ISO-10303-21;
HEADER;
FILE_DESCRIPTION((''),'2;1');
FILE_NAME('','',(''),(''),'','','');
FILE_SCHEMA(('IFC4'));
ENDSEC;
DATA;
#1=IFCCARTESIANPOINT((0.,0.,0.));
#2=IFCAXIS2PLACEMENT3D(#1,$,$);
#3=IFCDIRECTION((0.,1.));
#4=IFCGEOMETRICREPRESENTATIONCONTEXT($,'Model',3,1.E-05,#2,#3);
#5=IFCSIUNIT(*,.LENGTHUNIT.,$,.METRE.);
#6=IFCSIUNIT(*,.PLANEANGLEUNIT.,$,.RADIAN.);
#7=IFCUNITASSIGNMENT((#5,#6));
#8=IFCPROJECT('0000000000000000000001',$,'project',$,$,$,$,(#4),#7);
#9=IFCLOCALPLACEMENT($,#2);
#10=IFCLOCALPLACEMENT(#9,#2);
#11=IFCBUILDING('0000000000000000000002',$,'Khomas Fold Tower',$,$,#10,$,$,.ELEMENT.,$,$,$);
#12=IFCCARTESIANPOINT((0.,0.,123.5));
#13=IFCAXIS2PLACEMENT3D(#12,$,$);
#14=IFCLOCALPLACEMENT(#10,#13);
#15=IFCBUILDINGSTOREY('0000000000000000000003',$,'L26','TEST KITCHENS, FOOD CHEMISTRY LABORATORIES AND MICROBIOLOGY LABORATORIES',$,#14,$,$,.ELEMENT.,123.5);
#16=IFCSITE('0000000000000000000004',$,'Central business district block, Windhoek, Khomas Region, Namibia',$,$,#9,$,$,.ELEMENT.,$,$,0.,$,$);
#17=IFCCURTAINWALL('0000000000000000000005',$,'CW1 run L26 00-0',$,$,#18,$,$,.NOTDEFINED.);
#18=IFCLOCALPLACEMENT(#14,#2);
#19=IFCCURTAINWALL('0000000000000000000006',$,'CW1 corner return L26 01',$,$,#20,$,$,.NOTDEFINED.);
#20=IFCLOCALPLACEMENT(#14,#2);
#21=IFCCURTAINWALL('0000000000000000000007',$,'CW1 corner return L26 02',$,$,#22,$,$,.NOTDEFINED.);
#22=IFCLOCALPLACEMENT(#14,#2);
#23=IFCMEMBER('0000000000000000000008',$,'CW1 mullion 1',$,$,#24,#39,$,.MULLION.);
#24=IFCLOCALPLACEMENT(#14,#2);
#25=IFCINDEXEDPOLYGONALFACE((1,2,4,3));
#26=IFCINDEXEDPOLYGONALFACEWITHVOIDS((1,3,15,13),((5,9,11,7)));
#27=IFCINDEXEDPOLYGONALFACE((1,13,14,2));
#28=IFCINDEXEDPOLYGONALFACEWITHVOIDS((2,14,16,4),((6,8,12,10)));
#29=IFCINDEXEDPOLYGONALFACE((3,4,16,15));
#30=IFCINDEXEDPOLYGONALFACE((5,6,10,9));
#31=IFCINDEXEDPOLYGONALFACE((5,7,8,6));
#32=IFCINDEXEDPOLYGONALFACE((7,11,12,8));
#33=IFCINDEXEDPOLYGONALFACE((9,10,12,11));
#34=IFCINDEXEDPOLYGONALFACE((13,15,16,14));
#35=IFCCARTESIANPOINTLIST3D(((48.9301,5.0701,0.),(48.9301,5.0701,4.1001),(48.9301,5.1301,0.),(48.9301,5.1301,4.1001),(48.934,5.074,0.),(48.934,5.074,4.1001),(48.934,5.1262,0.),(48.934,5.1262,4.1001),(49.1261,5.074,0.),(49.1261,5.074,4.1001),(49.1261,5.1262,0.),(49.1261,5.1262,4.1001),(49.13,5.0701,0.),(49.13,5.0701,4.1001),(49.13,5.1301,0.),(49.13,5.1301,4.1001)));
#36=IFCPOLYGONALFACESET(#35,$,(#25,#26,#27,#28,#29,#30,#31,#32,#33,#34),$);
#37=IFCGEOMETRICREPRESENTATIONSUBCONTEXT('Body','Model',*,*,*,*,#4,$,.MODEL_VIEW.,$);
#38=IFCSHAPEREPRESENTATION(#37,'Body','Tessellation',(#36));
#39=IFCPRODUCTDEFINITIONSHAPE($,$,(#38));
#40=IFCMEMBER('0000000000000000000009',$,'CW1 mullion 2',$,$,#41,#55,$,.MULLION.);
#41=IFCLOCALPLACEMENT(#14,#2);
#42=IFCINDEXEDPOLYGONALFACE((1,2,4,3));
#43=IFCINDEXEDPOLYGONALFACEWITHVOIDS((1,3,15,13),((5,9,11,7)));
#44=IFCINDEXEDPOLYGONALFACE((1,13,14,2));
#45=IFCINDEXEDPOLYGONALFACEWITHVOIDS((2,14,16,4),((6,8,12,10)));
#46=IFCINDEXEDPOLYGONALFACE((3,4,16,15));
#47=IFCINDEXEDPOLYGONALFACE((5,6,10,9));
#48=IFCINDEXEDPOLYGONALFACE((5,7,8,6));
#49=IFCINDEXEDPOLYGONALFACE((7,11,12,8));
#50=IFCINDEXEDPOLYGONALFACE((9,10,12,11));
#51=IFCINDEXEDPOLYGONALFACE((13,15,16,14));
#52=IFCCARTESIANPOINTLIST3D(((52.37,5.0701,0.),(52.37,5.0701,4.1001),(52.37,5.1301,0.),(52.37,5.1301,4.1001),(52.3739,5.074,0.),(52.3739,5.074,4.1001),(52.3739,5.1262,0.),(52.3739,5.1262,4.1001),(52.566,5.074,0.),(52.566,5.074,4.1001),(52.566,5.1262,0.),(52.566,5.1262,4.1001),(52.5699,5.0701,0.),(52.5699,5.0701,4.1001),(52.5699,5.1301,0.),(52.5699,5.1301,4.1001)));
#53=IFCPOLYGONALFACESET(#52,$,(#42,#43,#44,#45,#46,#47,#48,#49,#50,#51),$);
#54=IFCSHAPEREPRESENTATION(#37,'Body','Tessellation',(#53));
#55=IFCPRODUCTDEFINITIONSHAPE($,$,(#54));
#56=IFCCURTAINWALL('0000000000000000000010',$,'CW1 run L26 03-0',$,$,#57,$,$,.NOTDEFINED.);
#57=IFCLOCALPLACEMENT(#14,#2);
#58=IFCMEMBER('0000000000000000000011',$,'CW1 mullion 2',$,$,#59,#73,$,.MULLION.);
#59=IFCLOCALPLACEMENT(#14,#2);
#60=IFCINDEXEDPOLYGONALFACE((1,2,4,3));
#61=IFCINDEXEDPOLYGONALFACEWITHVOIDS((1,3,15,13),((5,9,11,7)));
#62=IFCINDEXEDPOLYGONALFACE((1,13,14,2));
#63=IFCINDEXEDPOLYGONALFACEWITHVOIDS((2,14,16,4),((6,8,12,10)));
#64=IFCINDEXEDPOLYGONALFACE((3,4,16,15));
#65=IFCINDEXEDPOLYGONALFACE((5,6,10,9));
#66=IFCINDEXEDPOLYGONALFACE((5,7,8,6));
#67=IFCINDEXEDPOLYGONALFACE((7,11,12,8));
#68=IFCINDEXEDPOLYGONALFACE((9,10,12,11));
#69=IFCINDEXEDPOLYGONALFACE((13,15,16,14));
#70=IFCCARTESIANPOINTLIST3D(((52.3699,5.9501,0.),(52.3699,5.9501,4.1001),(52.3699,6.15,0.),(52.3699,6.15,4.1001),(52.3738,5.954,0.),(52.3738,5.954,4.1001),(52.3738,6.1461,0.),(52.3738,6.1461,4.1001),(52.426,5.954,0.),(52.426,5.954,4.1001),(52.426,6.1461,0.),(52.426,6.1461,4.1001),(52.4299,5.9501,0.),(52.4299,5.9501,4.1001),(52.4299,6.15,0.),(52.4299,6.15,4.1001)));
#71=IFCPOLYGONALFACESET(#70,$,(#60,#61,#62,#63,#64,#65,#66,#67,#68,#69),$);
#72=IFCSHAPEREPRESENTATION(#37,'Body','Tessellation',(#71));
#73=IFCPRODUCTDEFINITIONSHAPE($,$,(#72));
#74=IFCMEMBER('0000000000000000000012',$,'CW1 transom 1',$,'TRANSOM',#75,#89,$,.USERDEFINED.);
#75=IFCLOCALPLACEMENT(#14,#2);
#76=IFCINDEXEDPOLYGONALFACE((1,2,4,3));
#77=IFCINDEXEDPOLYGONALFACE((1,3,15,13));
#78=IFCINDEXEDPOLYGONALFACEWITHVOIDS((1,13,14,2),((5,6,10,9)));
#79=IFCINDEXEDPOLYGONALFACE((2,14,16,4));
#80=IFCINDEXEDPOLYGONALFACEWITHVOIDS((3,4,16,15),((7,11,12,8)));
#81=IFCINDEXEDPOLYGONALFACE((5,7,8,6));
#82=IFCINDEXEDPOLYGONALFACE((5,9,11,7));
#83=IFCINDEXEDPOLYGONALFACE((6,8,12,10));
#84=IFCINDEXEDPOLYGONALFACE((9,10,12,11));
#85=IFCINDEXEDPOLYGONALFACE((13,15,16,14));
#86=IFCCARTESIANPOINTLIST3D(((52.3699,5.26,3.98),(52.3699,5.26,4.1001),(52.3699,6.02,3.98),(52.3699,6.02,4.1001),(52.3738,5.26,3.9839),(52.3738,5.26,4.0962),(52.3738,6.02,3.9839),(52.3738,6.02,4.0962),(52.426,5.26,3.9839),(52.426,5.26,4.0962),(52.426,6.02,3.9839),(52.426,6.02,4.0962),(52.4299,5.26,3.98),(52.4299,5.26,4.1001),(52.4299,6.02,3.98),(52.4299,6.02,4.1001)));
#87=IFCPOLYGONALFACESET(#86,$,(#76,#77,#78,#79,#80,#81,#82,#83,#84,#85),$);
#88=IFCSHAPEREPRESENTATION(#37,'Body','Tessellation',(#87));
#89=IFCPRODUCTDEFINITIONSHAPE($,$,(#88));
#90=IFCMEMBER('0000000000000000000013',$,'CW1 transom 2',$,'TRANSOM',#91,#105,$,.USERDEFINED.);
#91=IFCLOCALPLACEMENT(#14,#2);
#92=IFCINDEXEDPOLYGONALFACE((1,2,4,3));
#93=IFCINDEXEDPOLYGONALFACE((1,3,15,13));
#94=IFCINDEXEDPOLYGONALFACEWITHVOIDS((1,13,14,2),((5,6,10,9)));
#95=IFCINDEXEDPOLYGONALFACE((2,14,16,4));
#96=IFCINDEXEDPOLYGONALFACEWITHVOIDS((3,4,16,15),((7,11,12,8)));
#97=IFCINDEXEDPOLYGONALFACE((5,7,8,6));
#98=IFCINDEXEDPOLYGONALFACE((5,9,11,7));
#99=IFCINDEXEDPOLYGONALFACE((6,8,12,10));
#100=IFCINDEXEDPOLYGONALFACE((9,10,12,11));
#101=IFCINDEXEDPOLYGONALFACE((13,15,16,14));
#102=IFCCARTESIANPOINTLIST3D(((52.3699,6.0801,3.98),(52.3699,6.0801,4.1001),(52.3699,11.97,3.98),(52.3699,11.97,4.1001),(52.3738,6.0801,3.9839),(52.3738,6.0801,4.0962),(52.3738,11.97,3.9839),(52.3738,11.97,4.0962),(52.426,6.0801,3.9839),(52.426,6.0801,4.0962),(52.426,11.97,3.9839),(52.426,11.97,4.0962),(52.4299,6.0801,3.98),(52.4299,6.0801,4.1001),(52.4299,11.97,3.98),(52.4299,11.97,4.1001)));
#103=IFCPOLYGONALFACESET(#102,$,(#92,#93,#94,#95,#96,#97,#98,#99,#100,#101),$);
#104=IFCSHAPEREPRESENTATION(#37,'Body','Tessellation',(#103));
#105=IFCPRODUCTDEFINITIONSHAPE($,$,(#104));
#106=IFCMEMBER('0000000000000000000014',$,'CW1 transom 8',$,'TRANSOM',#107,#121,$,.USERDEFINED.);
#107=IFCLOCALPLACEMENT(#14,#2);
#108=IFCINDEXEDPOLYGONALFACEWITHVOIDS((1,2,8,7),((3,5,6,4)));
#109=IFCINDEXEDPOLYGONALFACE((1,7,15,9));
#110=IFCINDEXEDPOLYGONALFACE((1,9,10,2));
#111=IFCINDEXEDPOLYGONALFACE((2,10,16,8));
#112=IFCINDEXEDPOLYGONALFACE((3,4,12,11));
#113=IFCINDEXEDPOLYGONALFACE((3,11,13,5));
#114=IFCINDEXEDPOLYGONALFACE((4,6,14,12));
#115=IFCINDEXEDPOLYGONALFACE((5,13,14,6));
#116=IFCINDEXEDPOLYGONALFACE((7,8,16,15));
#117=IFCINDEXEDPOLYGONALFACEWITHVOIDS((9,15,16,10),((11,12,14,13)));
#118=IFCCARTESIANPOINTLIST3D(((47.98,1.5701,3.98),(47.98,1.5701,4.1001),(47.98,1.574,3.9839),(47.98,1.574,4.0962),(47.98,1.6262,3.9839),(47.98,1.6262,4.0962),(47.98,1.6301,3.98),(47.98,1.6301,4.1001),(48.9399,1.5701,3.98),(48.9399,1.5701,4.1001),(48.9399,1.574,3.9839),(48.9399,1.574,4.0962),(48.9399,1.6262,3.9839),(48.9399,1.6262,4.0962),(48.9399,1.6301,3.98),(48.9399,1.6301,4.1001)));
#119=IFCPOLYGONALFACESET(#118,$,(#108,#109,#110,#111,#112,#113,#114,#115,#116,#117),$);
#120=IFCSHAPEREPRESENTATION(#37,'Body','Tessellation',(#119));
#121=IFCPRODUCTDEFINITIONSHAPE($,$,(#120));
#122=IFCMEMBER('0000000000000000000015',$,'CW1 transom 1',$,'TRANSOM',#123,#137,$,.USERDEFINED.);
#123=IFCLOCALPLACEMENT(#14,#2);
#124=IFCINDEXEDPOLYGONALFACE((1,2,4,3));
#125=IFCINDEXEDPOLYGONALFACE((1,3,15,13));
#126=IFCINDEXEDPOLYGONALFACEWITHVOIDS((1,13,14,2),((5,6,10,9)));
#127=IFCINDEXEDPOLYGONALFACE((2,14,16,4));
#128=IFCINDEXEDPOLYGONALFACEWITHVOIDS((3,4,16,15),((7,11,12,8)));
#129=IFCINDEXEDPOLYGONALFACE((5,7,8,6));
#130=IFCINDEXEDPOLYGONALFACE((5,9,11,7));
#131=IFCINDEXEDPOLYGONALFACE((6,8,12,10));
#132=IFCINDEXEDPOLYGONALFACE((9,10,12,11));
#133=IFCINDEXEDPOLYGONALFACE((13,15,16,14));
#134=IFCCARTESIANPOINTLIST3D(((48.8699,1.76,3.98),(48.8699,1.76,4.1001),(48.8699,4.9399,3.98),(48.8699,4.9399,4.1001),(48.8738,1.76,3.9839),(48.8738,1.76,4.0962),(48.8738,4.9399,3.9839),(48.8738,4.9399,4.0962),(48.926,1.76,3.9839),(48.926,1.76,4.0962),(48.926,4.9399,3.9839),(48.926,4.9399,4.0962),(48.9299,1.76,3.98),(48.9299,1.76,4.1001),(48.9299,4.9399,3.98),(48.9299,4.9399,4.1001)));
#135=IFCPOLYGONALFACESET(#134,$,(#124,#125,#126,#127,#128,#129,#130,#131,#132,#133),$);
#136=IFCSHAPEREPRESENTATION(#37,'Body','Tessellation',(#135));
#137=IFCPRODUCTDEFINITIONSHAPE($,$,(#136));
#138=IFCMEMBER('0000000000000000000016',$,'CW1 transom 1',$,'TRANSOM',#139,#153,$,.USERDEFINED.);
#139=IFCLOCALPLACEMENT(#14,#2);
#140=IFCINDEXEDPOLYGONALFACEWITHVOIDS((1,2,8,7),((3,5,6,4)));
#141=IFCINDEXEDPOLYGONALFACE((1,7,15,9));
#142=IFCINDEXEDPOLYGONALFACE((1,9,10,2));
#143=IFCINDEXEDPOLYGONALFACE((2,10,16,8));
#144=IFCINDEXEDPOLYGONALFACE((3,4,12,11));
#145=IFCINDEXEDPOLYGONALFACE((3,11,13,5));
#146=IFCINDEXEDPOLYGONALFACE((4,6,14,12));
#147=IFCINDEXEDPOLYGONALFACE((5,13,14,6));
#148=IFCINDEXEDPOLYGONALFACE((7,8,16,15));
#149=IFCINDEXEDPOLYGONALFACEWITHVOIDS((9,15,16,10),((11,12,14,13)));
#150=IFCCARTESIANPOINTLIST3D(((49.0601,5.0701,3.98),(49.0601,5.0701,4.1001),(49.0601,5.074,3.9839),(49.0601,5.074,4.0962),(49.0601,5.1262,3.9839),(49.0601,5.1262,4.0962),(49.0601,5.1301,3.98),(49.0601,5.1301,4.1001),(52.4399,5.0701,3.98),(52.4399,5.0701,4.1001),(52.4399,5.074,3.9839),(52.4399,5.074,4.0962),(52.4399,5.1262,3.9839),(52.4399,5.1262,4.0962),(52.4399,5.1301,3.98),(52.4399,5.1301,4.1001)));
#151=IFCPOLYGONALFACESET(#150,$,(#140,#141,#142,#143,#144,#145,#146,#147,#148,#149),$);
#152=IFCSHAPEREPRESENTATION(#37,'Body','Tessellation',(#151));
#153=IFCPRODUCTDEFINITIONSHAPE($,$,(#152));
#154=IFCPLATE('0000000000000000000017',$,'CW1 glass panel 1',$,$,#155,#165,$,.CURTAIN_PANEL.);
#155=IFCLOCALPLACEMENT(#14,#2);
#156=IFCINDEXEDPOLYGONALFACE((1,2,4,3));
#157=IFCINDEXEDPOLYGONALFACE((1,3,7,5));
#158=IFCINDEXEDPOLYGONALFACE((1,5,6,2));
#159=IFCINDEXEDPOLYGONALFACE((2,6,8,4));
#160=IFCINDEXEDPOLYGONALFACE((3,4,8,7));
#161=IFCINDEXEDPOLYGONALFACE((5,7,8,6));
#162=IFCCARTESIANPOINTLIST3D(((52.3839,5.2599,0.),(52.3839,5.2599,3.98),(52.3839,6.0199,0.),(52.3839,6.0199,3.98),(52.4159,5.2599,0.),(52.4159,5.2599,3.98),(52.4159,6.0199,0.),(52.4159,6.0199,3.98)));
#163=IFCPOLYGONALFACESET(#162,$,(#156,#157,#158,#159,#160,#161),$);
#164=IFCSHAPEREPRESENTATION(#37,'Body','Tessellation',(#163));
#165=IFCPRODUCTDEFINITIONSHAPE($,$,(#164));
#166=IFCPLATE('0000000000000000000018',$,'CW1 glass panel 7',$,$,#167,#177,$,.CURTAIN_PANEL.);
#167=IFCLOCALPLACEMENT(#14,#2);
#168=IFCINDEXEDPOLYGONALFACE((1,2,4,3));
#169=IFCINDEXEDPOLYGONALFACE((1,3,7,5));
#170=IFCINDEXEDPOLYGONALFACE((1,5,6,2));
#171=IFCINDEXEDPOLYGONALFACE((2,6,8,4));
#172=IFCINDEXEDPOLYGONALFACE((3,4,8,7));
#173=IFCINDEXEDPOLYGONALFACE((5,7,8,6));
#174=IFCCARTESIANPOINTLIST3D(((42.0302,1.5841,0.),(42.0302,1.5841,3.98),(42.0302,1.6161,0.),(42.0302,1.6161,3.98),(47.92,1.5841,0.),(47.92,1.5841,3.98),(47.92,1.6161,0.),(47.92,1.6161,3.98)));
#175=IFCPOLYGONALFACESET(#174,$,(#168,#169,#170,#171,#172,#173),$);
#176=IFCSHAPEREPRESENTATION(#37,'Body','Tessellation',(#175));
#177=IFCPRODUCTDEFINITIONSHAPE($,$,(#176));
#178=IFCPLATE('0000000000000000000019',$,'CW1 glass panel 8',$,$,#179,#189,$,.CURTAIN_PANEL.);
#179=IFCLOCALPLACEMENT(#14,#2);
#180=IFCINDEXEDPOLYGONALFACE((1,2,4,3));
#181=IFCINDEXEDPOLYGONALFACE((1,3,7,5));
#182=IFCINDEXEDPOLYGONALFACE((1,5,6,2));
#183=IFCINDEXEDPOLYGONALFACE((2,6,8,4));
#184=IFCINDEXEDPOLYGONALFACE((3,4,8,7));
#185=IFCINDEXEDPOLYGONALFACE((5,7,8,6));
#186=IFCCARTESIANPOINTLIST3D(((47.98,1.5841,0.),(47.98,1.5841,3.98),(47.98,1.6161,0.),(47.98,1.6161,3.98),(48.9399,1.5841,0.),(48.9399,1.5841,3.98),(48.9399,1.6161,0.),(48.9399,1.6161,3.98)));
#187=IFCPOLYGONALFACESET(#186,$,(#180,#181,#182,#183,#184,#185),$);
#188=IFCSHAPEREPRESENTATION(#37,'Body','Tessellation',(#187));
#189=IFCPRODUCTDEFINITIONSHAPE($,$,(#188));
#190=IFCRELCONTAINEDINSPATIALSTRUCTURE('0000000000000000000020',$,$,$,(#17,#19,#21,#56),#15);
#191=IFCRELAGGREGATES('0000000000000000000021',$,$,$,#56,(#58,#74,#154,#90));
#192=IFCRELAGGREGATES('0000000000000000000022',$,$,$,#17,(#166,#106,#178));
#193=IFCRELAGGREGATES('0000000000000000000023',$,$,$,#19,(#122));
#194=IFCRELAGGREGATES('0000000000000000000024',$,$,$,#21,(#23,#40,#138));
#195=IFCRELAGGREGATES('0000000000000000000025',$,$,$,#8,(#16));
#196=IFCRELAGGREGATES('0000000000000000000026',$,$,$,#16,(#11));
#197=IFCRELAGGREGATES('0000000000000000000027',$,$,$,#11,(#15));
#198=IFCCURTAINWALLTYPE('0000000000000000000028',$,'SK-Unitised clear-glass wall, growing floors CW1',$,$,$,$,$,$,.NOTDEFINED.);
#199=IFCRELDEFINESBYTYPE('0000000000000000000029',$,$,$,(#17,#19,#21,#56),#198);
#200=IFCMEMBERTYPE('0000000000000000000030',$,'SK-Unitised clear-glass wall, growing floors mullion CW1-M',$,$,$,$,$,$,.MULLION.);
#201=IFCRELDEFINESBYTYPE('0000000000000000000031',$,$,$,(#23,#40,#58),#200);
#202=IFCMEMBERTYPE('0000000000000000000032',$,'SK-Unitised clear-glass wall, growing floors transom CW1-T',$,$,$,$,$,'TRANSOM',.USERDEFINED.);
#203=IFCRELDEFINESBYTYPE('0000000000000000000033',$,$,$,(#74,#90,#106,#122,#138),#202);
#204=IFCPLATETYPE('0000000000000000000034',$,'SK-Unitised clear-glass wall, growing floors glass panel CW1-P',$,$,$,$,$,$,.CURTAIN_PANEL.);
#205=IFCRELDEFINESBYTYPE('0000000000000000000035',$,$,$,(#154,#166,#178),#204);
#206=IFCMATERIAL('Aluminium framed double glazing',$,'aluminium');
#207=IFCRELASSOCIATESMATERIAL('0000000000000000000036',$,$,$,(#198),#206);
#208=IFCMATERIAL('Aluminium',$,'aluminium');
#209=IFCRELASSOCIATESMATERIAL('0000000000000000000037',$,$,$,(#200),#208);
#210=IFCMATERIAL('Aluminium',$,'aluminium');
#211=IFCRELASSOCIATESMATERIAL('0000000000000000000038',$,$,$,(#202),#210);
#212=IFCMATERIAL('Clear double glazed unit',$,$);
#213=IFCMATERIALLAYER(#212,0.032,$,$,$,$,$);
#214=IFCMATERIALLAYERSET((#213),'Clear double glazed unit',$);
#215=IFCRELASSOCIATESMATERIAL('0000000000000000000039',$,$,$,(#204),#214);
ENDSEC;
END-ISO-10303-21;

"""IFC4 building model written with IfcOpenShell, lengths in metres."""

from ifc_helpers import new_model, si_unit, direction, frame, origin, origin_2d, place, context, subcontext, project, spatial, rectangle, hollow_rectangle, extrude, source, transform, mapped, material, layer, layer_set, material_profile, profile_set, type_object, element, aggregate, save


model = new_model("IFC4")

# Units and contexts
model_context = context("Model", 3, precision=1e-05, world=origin(), true_north=direction((0.0, 1.0)))
body_context = subcontext(model_context, "Body", "Model", "MODEL_VIEW")
ifc_project = project(units=[si_unit("LENGTHUNIT", "METRE"), si_unit("PLANEANGLEUNIT", "RADIAN")], contexts=[model_context])

# Site, building, storey
site_placement = place(None, origin())
site = spatial("IfcSite", under=ifc_project, at=site_placement, Name="Central business district block, Windhoek, Khomas Region, Namibia", CompositionType="ELEMENT", RefElevation=0.0)
building_placement = place(site_placement, origin())
building = spatial("IfcBuilding", under=site, at=building_placement, Name="Khomas Fold Tower", CompositionType="ELEMENT")
storey_placement = place(building_placement, frame((0.0, 0.0, 123.5)))
storey = spatial("IfcBuildingStorey", under=building, at=storey_placement, Name="L26", Description="TEST KITCHENS, FOOD CHEMISTRY LABORATORIES AND MICROBIOLOGY LABORATORIES", CompositionType="ELEMENT", Elevation=123.5)

# Curtain walls, members
ifc_material_1 = material(Name="Aluminium framed double glazing", Category="aluminium")
curtain_wall_type = type_object("IfcCurtainWallType", Name="SK-Unitised clear-glass wall, growing floors CW1", PredefinedType="NOTDEFINED", material=ifc_material_1)
curtain_wall_1_placement = place(storey_placement, origin())
curtain_wall_1 = element("IfcCurtainWall", 1, at=curtain_wall_1_placement, inside=storey, type_object=curtain_wall_type, Name="CW1 run L26 00-0", PredefinedType="NOTDEFINED")
ifc_material_2 = material(Name="Aluminium", Category="aluminium")
ifc_material_profile_1 = material_profile(ifc_material_2, hollow_rectangle(XDim=0.0601, YDim=0.2, WallThickness=0.0039, at=origin_2d()), Name="SK-Unitised clear-glass wall, growing floors mullion CW1-M")
ifc_profile_set_1 = profile_set([ifc_material_profile_1], Name="Aluminium")
member_type_1 = type_object("IfcMemberType", Name="SK-Unitised clear-glass wall, growing floors mullion CW1-M", PredefinedType="MULLION", material=ifc_profile_set_1)
shared_shape_1 = source(origin(), body_context, "Body", "SweptSolid", [
    extrude(hollow_rectangle(XDim=0.0601, YDim=0.2, WallThickness=0.0039, at=origin_2d()), origin(), (0.0, 0.0, 1.0), 4.1001),
])
curtain_wall_2_placement = place(storey_placement, origin())
curtain_wall_2 = element("IfcCurtainWall", 2, at=curtain_wall_2_placement, inside=storey, type_object=curtain_wall_type, Name="CW1 corner return L26 01", PredefinedType="NOTDEFINED")
curtain_wall_3_placement = place(storey_placement, origin())
curtain_wall_3 = element("IfcCurtainWall", 3, at=curtain_wall_3_placement, inside=storey, type_object=curtain_wall_type, Name="CW1 corner return L26 02", PredefinedType="NOTDEFINED")
member_1_placement = place(storey_placement, frame((49.03, 5.1001, 0.0), z_axis=(0.0, 0.0, 1.0), x_axis=(0.0, 1.0, 0.0)))
member_1 = element("IfcMember", 4, at=member_1_placement, type_object=member_type_1, Name="CW1 mullion 1", PredefinedType="MULLION", context=body_context, shape_type="MappedRepresentation", body=[
    mapped(shared_shape_1, transform((0.0, 0.0, 0.0))),
])
member_2_placement = place(storey_placement, frame((52.47, 5.1001, 0.0), z_axis=(0.0, 0.0, 1.0), x_axis=(0.0, 1.0, 0.0)))
member_2 = element("IfcMember", 5, at=member_2_placement, type_object=member_type_1, Name="CW1 mullion 2", PredefinedType="MULLION", context=body_context, shape_type="MappedRepresentation", body=[
    mapped(shared_shape_1, transform((0.0, 0.0, 0.0))),
])
curtain_wall_4_placement = place(storey_placement, origin())
curtain_wall_4 = element("IfcCurtainWall", 6, at=curtain_wall_4_placement, inside=storey, type_object=curtain_wall_type, Name="CW1 run L26 03-0", PredefinedType="NOTDEFINED")
member_3_placement = place(storey_placement, frame((52.3999, 6.05, 0.0), z_axis=(0.0, 0.0, 1.0), x_axis=(-1.0, 0.0, 0.0)))
member_3 = element("IfcMember", 7, at=member_3_placement, type_object=member_type_1, Name="CW1 mullion 2", PredefinedType="MULLION", context=body_context, shape_type="MappedRepresentation", body=[
    mapped(shared_shape_1, transform((0.0, 0.0, 0.0))),
])
ifc_material_3 = material(Name="Aluminium", Category="aluminium")
ifc_material_profile_2 = material_profile(ifc_material_3, hollow_rectangle(XDim=0.0601, YDim=0.1201, WallThickness=0.0039, at=origin_2d()), Name="SK-Unitised clear-glass wall, growing floors transom CW1-T")
ifc_profile_set_2 = profile_set([ifc_material_profile_2], Name="Aluminium")
member_type_2 = type_object("IfcMemberType", Name="SK-Unitised clear-glass wall, growing floors transom CW1-T", ElementType="TRANSOM", PredefinedType="USERDEFINED", material=ifc_profile_set_2)
shared_shape_2 = source(origin(), body_context, "Body", "SweptSolid", [
    extrude(hollow_rectangle(XDim=0.0601, YDim=0.1201, WallThickness=0.0039, at=origin_2d()), origin(), (0.0, 0.0, 1.0), 0.76),
])
member_4_placement = place(storey_placement, frame((52.3999, 5.26, 4.04), z_axis=(0.0, 1.0, 0.0), x_axis=(-1.0, 0.0, 0.0)))
member_4 = element("IfcMember", 8, at=member_4_placement, type_object=member_type_2, Name="CW1 transom 1", ObjectType="TRANSOM", PredefinedType="USERDEFINED", context=body_context, shape_type="MappedRepresentation", body=[
    mapped(shared_shape_2, transform((0.0, 0.0, 0.0))),
])
shared_shape_3 = source(origin(), body_context, "Body", "SweptSolid", [
    extrude(hollow_rectangle(XDim=0.0601, YDim=0.1201, WallThickness=0.0039, at=origin_2d()), origin(), (0.0, 0.0, 1.0), 5.8899),
])
member_5_placement = place(storey_placement, frame((52.3999, 6.0801, 4.04), z_axis=(0.0, 1.0, 0.0), x_axis=(-1.0, 0.0, 0.0)))
member_5 = element("IfcMember", 9, at=member_5_placement, type_object=member_type_2, Name="CW1 transom 2", ObjectType="TRANSOM", PredefinedType="USERDEFINED", context=body_context, shape_type="MappedRepresentation", body=[
    mapped(shared_shape_3, transform((0.0, 0.0, 0.0))),
])

# Members
shared_shape_4 = source(origin(), body_context, "Body", "SweptSolid", [
    extrude(hollow_rectangle(XDim=0.0601, YDim=0.1201, WallThickness=0.0039, at=origin_2d()), origin(), (0.0, 0.0, 1.0), 0.96),
])
member_6_placement = place(storey_placement, frame((47.98, 1.6001, 4.04), z_axis=(1.0, 0.0, 0.0), x_axis=(0.0, 1.0, 0.0)))
member_6 = element("IfcMember", 10, at=member_6_placement, type_object=member_type_2, Name="CW1 transom 8", ObjectType="TRANSOM", PredefinedType="USERDEFINED", context=body_context, shape_type="MappedRepresentation", body=[
    mapped(shared_shape_4, transform((0.0, 0.0, 0.0))),
])
shared_shape_5 = source(origin(), body_context, "Body", "SweptSolid", [
    extrude(hollow_rectangle(XDim=0.0601, YDim=0.1201, WallThickness=0.0039, at=origin_2d()), origin(), (0.0, 0.0, 1.0), 3.1799),
])
member_7_placement = place(storey_placement, frame((48.8999, 1.76, 4.04), z_axis=(0.0, 1.0, 0.0), x_axis=(-1.0, 0.0, 0.0)))
member_7 = element("IfcMember", 11, at=member_7_placement, type_object=member_type_2, Name="CW1 transom 1", ObjectType="TRANSOM", PredefinedType="USERDEFINED", context=body_context, shape_type="MappedRepresentation", body=[
    mapped(shared_shape_5, transform((0.0, 0.0, 0.0))),
])
shared_shape_6 = source(origin(), body_context, "Body", "SweptSolid", [
    extrude(hollow_rectangle(XDim=0.0601, YDim=0.1201, WallThickness=0.0039, at=origin_2d()), origin(), (0.0, 0.0, 1.0), 3.3799),
])
member_8_placement = place(storey_placement, frame((49.0601, 5.1001, 4.04), z_axis=(1.0, 0.0, 0.0), x_axis=(0.0, 1.0, 0.0)))
member_8 = element("IfcMember", 12, at=member_8_placement, type_object=member_type_2, Name="CW1 transom 1", ObjectType="TRANSOM", PredefinedType="USERDEFINED", context=body_context, shape_type="MappedRepresentation", body=[
    mapped(shared_shape_6, transform((0.0, 0.0, 0.0))),
])

# Plates
ifc_material_4 = material(Name="Clear double glazed unit")
ifc_layer = layer(ifc_material_4, 0.032)
ifc_layer_set = layer_set([ifc_layer], Name="Clear double glazed unit")
plate_type = type_object("IfcPlateType", Name="SK-Unitised clear-glass wall, growing floors glass panel CW1-P", PredefinedType="CURTAIN_PANEL", material=ifc_layer_set)
shared_shape_7 = source(origin(), body_context, "Body", "SweptSolid", [
    extrude(rectangle(XDim=0.76, YDim=0.032, at=origin_2d()), origin(), (0.0, 0.0, 1.0), 3.98),
])
plate_1_placement = place(storey_placement, frame((52.3999, 5.6399, 0.0), z_axis=(0.0, 0.0, 1.0), x_axis=(0.0, 1.0, 0.0)))
plate_1 = element("IfcPlate", 13, at=plate_1_placement, type_object=plate_type, Name="CW1 glass panel 1", PredefinedType="CURTAIN_PANEL", context=body_context, shape_type="MappedRepresentation", body=[
    mapped(shared_shape_7, transform((0.0, 0.0, 0.0))),
])
aggregate(curtain_wall_4, [member_3, member_4, plate_1, member_5])
shared_shape_8 = source(origin(), body_context, "Body", "SweptSolid", [
    extrude(rectangle(XDim=5.8899, YDim=0.032, at=origin_2d()), origin(), (0.0, 0.0, 1.0), 3.98),
])
plate_2_placement = place(storey_placement, frame((44.9751, 1.6001, 0.0), z_axis=(0.0, 0.0, 1.0), x_axis=(1.0, 0.0, 0.0)))
plate_2 = element("IfcPlate", 14, at=plate_2_placement, type_object=plate_type, Name="CW1 glass panel 7", PredefinedType="CURTAIN_PANEL", context=body_context, shape_type="MappedRepresentation", body=[
    mapped(shared_shape_8, transform((0.0, 0.0, 0.0))),
])
shared_shape_9 = source(origin(), body_context, "Body", "SweptSolid", [
    extrude(rectangle(XDim=0.96, YDim=0.032, at=origin_2d()), origin(), (0.0, 0.0, 1.0), 3.98),
])
plate_3_placement = place(storey_placement, frame((48.46, 1.6001, 0.0), z_axis=(0.0, 0.0, 1.0), x_axis=(1.0, 0.0, 0.0)))
plate_3 = element("IfcPlate", 15, at=plate_3_placement, type_object=plate_type, Name="CW1 glass panel 8", PredefinedType="CURTAIN_PANEL", context=body_context, shape_type="MappedRepresentation", body=[
    mapped(shared_shape_9, transform((0.0, 0.0, 0.0))),
])
aggregate(curtain_wall_1, [plate_2, member_6, plate_3])
aggregate(curtain_wall_2, [member_7])
aggregate(curtain_wall_3, [member_1, member_2, member_8])

save(model, "model.ifc")
